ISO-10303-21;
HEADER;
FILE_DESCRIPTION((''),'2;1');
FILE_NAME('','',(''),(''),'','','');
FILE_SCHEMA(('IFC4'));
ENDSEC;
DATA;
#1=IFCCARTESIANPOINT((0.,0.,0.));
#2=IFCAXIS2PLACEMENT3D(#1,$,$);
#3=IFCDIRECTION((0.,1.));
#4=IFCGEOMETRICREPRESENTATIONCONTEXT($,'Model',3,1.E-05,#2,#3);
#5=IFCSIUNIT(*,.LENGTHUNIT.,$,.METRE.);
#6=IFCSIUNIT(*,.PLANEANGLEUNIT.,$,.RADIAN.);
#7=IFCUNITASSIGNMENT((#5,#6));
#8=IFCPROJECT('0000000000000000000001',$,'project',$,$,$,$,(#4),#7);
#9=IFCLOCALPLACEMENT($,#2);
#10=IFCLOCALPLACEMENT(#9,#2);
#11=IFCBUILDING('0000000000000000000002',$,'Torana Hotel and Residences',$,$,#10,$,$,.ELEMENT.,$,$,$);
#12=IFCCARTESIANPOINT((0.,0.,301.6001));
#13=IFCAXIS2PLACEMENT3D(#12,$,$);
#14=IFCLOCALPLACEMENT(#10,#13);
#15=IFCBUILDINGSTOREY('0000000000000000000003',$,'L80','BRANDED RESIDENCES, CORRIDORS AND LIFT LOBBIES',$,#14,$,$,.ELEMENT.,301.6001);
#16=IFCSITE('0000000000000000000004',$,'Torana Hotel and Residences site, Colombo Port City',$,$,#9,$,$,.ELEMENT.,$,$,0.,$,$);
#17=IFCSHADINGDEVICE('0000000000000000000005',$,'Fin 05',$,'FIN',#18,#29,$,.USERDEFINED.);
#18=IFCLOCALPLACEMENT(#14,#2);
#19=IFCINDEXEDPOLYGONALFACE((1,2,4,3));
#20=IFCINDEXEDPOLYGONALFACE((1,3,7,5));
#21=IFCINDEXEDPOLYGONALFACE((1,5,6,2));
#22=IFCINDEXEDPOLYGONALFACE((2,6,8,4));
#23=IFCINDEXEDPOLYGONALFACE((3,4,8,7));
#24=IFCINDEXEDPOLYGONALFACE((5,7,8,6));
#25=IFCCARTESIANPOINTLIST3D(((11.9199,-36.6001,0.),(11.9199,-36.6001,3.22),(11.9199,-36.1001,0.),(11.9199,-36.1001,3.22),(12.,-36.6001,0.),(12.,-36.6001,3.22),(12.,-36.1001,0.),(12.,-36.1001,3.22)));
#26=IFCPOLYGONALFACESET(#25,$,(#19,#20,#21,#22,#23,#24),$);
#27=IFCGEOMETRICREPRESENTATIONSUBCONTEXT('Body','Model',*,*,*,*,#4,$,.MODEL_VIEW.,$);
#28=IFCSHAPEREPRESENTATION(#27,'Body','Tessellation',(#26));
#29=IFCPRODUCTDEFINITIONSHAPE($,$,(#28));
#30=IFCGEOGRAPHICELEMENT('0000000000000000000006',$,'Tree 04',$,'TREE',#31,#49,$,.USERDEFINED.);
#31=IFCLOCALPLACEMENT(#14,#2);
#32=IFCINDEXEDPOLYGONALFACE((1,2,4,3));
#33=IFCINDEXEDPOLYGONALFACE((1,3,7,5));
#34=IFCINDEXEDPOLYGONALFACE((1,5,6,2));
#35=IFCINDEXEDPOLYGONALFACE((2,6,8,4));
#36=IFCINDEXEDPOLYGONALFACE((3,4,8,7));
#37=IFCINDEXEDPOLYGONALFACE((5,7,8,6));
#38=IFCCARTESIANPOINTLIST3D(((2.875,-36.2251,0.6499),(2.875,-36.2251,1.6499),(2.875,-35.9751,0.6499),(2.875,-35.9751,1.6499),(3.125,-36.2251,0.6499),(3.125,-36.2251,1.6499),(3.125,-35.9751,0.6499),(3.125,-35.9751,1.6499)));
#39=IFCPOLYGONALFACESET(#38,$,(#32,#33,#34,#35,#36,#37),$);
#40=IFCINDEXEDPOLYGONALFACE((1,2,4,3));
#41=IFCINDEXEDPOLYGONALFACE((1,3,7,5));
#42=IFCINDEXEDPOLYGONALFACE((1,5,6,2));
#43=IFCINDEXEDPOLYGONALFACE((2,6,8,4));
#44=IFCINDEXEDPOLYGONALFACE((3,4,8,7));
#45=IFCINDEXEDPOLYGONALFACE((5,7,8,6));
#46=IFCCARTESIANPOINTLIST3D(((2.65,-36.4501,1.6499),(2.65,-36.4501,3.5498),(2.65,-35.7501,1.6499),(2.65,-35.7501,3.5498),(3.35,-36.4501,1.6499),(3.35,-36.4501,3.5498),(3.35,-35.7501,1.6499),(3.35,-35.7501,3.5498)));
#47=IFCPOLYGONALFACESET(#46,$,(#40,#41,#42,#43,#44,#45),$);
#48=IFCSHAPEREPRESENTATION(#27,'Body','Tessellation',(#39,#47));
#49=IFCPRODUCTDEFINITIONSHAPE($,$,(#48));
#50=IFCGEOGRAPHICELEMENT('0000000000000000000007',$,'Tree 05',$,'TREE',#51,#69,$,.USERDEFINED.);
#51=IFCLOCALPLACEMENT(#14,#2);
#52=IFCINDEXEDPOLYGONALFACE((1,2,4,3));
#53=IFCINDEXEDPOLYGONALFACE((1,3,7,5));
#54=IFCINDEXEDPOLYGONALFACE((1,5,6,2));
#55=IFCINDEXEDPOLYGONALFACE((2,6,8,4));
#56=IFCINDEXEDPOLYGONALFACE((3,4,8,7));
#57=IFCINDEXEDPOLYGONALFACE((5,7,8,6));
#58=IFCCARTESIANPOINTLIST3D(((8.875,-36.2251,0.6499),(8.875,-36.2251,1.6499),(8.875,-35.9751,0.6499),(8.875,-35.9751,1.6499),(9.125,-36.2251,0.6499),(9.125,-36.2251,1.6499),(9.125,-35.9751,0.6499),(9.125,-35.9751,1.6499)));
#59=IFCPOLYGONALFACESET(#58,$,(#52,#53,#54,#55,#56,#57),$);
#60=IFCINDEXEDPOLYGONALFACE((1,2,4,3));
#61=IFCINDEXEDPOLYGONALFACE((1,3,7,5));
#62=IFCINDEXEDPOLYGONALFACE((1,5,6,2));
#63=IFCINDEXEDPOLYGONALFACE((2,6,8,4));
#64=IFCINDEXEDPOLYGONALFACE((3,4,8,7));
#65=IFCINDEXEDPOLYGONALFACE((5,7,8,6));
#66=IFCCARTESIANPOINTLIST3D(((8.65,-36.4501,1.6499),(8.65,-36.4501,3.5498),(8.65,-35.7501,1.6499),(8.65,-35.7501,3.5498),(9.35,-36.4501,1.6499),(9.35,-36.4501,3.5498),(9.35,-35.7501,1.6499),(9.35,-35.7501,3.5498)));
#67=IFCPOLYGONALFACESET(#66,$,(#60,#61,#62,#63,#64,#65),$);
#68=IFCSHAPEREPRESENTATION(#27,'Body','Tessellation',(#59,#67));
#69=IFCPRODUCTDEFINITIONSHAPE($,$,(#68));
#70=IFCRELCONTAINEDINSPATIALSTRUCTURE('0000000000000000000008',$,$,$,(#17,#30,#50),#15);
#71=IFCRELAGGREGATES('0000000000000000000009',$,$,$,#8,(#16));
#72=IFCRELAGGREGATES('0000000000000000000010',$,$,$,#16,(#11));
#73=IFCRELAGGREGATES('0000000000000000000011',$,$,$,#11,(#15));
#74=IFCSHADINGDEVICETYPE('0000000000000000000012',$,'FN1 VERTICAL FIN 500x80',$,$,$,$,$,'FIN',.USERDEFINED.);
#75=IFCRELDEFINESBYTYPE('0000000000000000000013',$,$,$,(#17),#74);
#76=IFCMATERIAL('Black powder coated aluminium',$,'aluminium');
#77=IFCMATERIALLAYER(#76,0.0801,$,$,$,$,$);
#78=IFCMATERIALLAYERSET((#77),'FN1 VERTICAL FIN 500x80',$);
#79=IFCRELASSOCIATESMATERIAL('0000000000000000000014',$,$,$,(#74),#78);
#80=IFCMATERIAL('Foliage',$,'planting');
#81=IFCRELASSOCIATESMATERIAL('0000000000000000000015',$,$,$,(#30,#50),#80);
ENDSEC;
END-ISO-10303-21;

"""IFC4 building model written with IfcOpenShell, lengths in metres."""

from ifc_helpers import new_model, si_unit, direction, frame, origin, origin_2d, place, context, subcontext, project, spatial, rectangle, extrude, material, layer, layer_set, type_object, element, save


model = new_model("IFC4")

# Units and contexts
model_context = context("Model", 3, precision=1e-05, world=origin(), true_north=direction((0.0, 1.0)))
body_context = subcontext(model_context, "Body", "Model", "MODEL_VIEW")
ifc_project = project(units=[si_unit("LENGTHUNIT", "METRE"), si_unit("PLANEANGLEUNIT", "RADIAN")], contexts=[model_context])

# Site, building, storey
site_placement = place(None, origin())
site = spatial("IfcSite", under=ifc_project, at=site_placement, Name="Torana Hotel and Residences site, Colombo Port City", CompositionType="ELEMENT", RefElevation=0.0)
building_placement = place(site_placement, origin())
building = spatial("IfcBuilding", under=site, at=building_placement, Name="Torana Hotel and Residences", CompositionType="ELEMENT")
storey_placement = place(building_placement, frame((0.0, 0.0, 301.6001)))
storey = spatial("IfcBuildingStorey", under=building, at=storey_placement, Name="L80", Description="BRANDED RESIDENCES, CORRIDORS AND LIFT LOBBIES", CompositionType="ELEMENT", Elevation=301.6001)

# Shading device
ifc_material_1 = material(Name="Black powder coated aluminium", Category="aluminium")
ifc_layer_1 = layer(ifc_material_1, 0.0801)
ifc_layer_set_1 = layer_set([ifc_layer_1], Name="FN1 VERTICAL FIN 500x80")
shading_device_type = type_object("IfcShadingDeviceType", Name="FN1 VERTICAL FIN 500x80", ElementType="FIN", PredefinedType="USERDEFINED", material=ifc_layer_set_1)
shading_device_placement = place(storey_placement, frame((11.96, -36.3501, 0.0), z_axis=(0.0, 0.0, 1.0), x_axis=(-1.0, 0.0, 0.0)))
element("IfcShadingDevice", 1, at=shading_device_placement, inside=storey, type_object=shading_device_type, Name="Fin 05", ObjectType="FIN", PredefinedType="USERDEFINED", context=body_context, shape_type="SweptSolid", body=[
    extrude(rectangle(XDim=0.0801, YDim=0.5, at=origin_2d()), origin(), (0.0, 0.0, 1.0), 3.22),
])

# Geographic elements
ifc_material_2 = material(Name="Foliage", Category="planting")
for number, where, z_axis, x_axis, name in (
    (2, (3.0, -36.1001, 0.6499), (0.0, 0.0, 1.0), (1.0, 0.0, 0.0), "Tree 04"),
    (3, (9.0, -36.1001, 0.6499), (0.0, 0.0, 1.0), (1.0, 0.0, 0.0), "Tree 05"),
):
    element("IfcGeographicElement", number, at=place(storey_placement, frame(where, z_axis=z_axis, x_axis=x_axis)), inside=storey, material=ifc_material_2, Name=name, ObjectType="TREE", PredefinedType="USERDEFINED", context=body_context, shape_type="SweptSolid", body=[
        extrude(rectangle(XDim=0.25, YDim=0.25, at=origin_2d()), origin(), (0.0, 0.0, 1.0), 1.0),
        extrude(rectangle(XDim=0.7, YDim=0.7, at=origin_2d()), frame((0.0, 0.0, 1.0)), (0.0, 0.0, 1.0), 1.8999),
    ])

save(model, "model.ifc")
